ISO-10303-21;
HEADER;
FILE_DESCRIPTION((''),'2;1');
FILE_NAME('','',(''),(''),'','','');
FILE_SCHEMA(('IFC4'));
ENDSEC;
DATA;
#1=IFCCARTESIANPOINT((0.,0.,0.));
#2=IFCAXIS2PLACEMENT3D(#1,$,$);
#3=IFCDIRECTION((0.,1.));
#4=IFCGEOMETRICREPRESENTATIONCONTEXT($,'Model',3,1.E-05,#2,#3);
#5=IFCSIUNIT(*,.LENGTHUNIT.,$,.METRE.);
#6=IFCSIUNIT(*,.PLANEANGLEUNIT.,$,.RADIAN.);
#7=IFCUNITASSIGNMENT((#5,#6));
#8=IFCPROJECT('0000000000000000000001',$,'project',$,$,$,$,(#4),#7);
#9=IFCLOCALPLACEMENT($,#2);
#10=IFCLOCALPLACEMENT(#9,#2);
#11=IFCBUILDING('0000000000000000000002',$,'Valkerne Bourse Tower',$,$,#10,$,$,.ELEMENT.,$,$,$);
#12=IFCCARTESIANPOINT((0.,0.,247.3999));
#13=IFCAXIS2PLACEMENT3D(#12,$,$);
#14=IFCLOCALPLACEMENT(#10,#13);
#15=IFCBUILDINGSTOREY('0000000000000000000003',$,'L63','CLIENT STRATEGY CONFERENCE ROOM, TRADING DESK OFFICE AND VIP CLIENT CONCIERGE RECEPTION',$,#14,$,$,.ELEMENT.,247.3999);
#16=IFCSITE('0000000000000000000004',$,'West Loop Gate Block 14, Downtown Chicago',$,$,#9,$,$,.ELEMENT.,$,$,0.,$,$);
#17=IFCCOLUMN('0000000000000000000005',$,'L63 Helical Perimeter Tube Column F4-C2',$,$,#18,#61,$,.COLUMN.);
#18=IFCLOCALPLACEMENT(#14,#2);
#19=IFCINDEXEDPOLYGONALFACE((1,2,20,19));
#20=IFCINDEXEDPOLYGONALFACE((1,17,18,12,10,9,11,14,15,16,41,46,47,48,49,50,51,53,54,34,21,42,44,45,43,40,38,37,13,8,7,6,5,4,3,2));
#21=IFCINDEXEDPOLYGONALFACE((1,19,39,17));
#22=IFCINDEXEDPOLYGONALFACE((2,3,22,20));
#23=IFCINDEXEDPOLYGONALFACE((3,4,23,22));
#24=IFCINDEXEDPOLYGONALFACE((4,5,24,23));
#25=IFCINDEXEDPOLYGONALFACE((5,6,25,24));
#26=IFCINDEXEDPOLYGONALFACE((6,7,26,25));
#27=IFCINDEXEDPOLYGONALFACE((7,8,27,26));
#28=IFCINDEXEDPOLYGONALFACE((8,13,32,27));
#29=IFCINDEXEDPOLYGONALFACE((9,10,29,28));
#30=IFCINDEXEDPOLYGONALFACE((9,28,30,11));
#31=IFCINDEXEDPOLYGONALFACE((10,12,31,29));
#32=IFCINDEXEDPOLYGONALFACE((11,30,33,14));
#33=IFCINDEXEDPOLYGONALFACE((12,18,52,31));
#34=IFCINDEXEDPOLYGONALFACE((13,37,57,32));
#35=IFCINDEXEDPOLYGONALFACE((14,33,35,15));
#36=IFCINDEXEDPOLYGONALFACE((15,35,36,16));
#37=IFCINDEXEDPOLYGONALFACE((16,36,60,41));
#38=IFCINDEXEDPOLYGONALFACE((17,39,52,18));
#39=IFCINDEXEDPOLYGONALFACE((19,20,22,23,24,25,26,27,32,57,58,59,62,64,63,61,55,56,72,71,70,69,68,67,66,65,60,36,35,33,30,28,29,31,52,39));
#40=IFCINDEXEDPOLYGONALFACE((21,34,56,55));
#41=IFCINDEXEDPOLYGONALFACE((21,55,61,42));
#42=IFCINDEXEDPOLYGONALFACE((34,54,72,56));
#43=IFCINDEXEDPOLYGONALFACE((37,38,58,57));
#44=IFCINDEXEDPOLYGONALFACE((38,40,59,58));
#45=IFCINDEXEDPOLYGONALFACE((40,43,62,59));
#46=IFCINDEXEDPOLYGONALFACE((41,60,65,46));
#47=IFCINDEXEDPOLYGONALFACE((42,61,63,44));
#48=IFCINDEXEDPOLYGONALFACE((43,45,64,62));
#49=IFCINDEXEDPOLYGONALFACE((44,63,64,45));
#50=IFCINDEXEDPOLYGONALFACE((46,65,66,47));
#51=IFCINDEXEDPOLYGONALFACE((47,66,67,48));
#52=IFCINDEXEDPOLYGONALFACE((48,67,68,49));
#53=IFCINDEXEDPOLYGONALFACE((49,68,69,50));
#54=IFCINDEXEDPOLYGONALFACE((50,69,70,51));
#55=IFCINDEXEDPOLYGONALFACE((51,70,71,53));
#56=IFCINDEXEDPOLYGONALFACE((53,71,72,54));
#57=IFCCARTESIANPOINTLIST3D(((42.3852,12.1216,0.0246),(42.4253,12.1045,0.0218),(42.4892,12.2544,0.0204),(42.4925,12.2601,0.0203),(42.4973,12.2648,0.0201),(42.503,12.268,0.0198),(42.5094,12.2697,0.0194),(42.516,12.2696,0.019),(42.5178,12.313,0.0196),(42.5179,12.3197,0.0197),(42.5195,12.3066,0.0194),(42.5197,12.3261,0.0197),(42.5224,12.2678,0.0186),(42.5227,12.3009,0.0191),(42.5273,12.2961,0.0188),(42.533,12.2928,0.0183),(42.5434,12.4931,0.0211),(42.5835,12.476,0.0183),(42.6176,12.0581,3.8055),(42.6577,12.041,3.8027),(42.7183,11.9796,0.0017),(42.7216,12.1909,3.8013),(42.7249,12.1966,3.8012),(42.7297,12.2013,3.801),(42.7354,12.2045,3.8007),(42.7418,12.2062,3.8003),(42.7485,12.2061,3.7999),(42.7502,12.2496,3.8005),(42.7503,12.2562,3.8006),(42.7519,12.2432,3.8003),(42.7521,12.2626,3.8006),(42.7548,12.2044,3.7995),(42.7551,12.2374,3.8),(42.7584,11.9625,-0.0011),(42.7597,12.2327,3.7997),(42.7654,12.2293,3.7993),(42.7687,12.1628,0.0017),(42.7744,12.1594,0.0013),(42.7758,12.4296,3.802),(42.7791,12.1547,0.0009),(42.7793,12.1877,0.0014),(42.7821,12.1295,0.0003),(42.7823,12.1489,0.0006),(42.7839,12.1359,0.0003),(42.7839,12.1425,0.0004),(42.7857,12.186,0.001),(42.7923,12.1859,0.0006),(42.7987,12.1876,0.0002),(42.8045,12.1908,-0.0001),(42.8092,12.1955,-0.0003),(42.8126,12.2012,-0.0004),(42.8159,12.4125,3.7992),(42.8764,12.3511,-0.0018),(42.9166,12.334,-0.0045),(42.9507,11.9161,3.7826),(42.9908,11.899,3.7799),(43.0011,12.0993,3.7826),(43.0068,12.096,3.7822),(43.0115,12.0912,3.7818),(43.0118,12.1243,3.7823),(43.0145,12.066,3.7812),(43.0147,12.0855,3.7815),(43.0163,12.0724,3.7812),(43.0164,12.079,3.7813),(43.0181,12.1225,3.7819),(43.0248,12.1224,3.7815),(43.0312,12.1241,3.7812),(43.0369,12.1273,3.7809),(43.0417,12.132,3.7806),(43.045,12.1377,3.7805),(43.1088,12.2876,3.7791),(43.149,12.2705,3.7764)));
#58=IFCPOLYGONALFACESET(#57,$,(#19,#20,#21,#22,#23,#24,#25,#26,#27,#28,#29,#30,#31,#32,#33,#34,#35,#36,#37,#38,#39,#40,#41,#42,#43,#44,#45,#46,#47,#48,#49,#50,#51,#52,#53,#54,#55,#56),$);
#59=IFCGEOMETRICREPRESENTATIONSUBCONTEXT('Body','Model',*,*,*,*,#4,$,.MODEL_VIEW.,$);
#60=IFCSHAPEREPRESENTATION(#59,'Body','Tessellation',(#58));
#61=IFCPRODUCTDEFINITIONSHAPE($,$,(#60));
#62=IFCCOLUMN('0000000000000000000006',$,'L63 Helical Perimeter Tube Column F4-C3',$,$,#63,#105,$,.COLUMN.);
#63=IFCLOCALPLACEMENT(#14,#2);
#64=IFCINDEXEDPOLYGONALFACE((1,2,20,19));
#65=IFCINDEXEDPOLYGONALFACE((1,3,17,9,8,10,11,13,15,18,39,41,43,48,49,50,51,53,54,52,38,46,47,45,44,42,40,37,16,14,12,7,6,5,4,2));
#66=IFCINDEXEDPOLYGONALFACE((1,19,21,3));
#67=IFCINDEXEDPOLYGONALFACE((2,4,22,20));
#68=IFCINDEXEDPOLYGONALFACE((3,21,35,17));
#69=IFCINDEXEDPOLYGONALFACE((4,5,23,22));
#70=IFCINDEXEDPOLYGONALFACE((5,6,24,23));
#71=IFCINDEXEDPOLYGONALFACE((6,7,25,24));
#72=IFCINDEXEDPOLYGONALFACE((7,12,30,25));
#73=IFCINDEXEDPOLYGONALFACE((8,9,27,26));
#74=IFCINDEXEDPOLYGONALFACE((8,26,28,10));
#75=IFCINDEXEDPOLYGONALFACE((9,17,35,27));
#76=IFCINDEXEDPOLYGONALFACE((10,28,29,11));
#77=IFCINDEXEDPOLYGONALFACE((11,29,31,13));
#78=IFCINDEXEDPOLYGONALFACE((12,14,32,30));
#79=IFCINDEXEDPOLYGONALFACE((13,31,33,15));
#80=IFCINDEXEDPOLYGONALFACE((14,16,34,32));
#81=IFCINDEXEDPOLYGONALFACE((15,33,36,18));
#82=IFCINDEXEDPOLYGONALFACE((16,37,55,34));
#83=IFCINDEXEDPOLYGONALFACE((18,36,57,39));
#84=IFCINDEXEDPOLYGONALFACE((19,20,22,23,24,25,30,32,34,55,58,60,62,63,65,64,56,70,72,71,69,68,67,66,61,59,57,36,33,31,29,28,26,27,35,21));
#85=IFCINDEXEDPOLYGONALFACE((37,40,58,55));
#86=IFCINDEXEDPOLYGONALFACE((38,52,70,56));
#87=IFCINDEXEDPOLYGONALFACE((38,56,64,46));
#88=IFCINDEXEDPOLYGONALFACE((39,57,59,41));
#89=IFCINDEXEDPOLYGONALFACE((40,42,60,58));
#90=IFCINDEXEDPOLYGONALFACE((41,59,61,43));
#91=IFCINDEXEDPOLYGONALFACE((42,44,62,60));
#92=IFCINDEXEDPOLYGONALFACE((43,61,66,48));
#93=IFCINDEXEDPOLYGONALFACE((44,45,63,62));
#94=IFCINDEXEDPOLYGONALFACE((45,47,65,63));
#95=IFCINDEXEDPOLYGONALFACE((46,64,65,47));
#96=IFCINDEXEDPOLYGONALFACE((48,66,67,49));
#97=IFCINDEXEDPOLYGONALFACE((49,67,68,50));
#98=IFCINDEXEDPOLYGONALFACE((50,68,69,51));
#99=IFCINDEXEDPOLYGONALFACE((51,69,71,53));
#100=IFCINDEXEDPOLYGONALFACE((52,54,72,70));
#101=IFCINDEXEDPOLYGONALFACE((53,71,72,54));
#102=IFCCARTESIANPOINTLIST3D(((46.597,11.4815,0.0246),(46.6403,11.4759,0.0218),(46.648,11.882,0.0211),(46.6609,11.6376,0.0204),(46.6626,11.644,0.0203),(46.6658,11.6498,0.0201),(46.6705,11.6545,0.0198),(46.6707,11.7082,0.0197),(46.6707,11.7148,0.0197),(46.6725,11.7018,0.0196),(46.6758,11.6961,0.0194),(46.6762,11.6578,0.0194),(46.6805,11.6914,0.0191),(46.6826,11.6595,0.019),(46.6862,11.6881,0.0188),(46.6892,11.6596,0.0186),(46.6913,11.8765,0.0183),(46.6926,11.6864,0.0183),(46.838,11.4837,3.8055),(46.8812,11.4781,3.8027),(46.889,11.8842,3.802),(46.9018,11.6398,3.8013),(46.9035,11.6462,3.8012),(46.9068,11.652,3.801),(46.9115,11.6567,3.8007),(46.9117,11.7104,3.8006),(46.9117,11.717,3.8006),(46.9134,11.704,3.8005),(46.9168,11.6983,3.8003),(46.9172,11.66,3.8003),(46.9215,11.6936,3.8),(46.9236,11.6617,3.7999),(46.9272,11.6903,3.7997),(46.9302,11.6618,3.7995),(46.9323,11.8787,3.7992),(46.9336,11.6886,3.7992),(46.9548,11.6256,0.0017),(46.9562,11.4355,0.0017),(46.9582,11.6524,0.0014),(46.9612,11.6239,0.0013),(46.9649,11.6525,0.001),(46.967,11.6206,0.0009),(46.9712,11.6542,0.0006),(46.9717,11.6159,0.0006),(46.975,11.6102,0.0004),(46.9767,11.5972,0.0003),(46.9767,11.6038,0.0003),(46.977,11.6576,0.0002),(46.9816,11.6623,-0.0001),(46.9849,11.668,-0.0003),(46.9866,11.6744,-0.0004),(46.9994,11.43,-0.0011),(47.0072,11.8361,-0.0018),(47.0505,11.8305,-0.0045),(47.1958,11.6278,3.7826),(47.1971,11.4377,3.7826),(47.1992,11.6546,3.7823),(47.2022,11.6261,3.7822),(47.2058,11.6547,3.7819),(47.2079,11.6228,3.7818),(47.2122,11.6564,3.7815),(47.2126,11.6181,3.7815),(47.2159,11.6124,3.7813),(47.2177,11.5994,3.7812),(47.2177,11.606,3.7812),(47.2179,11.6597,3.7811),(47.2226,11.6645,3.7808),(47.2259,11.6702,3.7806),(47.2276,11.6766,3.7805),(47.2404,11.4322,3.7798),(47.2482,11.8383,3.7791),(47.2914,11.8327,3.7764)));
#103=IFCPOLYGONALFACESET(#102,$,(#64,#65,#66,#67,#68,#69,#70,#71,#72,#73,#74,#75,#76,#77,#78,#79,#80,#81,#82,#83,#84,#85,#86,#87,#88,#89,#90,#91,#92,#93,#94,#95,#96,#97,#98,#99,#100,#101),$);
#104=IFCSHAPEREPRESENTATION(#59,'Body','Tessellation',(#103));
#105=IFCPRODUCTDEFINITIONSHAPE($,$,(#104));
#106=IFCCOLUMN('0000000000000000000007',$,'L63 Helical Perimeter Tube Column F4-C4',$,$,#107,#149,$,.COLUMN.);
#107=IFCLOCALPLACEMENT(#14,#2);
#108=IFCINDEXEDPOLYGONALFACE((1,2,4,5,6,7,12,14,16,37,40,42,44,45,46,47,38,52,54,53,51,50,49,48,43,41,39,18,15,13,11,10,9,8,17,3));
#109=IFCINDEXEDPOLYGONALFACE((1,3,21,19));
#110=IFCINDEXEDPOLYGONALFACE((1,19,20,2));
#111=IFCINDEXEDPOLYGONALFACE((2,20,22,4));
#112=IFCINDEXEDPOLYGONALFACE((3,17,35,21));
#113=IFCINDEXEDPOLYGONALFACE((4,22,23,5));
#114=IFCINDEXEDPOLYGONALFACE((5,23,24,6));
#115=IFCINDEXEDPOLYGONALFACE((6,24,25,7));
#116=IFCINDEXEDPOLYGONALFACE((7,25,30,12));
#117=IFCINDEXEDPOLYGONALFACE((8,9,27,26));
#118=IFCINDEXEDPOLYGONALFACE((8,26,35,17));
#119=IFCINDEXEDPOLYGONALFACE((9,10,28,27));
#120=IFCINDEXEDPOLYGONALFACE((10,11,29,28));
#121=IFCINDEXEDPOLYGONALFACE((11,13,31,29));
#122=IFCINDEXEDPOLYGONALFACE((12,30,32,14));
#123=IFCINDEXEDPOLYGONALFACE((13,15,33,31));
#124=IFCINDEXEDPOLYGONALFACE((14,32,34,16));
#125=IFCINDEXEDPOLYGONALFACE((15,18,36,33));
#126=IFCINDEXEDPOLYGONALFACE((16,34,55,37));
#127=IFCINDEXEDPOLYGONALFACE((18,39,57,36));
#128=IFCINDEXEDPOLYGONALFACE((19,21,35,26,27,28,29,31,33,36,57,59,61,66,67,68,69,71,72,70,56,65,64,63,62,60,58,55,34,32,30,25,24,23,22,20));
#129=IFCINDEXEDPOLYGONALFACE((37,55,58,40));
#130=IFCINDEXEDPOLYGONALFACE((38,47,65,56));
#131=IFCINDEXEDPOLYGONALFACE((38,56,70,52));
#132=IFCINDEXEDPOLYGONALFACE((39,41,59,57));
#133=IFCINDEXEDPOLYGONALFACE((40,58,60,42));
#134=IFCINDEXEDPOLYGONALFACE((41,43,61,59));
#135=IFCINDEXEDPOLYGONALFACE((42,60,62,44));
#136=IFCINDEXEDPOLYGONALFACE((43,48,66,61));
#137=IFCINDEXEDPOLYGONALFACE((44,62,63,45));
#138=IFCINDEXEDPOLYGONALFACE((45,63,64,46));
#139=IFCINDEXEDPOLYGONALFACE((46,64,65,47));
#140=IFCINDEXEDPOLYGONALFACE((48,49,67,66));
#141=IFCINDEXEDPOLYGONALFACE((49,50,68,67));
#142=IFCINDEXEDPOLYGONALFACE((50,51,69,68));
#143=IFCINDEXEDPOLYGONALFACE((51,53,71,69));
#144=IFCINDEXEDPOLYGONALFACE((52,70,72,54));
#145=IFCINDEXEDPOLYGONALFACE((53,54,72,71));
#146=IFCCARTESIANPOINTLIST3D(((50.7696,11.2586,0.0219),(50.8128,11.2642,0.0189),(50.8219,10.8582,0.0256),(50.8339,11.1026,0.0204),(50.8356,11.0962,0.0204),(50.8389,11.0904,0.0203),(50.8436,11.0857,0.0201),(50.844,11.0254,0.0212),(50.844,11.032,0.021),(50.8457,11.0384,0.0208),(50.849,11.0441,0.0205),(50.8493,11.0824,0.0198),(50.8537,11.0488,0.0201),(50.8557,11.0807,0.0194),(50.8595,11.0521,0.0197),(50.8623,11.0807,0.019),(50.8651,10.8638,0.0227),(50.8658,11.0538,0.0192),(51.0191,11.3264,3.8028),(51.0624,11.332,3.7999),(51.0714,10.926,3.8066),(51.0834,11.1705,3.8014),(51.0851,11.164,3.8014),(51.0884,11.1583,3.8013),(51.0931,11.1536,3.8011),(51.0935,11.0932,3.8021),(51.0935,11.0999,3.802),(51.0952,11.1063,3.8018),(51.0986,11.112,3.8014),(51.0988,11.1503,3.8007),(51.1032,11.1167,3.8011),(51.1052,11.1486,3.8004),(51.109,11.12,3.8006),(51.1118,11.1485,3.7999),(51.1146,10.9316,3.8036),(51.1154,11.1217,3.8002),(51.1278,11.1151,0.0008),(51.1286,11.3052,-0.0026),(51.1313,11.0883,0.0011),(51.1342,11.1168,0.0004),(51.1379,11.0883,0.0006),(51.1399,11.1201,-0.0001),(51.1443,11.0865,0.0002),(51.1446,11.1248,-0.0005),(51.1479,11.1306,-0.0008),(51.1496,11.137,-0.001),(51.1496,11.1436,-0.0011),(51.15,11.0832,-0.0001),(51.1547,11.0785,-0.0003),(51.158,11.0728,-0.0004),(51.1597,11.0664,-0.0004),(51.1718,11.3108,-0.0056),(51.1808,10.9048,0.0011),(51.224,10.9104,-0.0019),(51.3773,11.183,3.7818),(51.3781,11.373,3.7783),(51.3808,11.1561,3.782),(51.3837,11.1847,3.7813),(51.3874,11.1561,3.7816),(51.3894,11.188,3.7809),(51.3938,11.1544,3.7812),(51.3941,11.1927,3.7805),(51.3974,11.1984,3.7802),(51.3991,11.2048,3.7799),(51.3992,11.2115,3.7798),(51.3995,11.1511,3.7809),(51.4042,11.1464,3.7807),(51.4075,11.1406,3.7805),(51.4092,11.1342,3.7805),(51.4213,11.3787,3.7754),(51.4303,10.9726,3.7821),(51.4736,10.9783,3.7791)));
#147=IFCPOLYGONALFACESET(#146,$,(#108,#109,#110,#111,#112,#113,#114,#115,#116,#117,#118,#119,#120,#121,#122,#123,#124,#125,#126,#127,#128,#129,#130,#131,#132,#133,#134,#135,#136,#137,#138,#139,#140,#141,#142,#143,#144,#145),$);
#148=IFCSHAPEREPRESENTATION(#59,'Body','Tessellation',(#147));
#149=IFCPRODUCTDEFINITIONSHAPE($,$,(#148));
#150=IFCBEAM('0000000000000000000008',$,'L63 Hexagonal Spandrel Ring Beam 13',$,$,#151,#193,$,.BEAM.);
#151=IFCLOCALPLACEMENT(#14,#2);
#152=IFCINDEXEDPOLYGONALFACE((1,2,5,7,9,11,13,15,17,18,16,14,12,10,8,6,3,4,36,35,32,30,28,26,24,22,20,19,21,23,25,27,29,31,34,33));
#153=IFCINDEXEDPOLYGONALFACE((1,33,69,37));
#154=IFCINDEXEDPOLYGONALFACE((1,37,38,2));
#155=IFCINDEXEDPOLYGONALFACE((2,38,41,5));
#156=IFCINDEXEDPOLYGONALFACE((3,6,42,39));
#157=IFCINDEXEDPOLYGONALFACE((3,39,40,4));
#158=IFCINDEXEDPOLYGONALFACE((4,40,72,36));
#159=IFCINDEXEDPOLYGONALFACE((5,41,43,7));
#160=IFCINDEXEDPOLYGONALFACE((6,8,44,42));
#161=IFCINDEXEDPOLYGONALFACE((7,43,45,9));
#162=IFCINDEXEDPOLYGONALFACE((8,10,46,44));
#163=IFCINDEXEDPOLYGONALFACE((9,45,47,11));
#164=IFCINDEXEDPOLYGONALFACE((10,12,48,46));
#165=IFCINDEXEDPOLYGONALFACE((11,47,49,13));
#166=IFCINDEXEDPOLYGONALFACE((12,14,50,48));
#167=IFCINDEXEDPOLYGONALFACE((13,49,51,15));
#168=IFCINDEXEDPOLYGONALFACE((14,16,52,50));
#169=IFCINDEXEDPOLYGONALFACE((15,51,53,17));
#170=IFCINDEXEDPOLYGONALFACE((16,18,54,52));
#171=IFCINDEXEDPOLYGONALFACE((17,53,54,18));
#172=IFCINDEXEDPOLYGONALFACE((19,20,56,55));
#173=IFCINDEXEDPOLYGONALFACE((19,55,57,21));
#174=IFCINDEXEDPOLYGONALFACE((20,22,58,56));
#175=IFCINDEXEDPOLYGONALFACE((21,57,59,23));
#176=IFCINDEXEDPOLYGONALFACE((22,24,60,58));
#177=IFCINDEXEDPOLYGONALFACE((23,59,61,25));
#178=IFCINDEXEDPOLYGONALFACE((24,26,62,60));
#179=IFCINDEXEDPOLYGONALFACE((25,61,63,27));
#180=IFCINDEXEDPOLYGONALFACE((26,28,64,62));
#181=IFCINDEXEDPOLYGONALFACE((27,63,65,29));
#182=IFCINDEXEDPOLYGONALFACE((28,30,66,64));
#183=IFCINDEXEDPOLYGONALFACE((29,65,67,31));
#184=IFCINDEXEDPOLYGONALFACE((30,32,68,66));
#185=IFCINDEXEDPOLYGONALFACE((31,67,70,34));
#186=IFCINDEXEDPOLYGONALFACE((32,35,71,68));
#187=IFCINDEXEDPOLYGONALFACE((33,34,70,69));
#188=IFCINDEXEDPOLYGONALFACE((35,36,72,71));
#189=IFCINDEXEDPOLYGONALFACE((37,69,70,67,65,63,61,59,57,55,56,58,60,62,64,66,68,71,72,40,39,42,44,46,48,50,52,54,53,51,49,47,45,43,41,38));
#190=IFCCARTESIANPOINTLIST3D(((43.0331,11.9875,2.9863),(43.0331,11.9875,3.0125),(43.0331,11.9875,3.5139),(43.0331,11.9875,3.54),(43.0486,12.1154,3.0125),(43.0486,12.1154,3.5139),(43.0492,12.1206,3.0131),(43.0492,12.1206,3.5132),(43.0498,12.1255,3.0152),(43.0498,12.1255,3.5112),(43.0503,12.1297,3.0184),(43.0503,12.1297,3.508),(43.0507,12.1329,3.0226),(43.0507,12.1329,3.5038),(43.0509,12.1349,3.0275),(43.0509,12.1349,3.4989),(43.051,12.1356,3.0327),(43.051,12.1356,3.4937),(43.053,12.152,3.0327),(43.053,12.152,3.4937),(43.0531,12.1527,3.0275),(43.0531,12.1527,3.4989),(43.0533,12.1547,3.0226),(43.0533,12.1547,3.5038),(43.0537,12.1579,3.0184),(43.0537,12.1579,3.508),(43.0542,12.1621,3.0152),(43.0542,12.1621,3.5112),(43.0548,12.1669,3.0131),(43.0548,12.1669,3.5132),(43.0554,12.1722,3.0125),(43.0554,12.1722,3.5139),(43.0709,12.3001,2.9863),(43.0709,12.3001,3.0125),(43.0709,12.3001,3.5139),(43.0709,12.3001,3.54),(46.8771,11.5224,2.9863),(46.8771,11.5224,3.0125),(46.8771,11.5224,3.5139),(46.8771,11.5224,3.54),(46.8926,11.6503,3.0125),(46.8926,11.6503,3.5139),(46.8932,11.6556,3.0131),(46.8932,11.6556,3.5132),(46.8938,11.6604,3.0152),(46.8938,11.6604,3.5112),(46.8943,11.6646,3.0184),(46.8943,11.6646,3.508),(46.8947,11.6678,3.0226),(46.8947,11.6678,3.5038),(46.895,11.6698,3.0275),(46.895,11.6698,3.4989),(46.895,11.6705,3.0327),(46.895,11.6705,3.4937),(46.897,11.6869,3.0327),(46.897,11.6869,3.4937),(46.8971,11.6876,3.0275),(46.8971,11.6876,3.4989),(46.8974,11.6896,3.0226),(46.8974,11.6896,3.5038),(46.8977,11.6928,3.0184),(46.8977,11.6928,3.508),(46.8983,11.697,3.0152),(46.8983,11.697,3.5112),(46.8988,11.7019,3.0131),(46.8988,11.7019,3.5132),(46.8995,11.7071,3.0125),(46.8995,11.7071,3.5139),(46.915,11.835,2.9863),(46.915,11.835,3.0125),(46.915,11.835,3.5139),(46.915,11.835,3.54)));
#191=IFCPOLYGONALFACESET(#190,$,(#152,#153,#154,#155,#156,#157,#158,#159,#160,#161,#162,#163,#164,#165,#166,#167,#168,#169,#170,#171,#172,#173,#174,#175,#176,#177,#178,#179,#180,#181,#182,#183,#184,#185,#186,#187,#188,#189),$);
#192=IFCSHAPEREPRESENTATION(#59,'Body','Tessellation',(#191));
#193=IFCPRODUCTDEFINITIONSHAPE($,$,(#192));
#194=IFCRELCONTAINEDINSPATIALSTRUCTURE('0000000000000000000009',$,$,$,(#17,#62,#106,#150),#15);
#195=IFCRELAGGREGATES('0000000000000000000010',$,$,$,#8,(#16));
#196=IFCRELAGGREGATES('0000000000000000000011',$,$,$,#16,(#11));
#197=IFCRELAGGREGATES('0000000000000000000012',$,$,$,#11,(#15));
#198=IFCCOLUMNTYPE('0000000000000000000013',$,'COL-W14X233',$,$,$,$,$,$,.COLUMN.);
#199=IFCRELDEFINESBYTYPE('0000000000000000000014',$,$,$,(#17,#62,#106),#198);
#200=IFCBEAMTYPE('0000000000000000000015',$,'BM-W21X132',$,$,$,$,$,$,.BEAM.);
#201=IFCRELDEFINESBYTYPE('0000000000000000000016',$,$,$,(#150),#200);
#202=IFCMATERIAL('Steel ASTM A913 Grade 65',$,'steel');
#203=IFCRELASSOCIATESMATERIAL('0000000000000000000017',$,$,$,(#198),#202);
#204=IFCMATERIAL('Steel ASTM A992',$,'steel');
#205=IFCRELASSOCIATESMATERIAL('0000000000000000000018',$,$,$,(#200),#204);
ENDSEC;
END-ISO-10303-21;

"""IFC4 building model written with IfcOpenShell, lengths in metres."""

from ifc_helpers import new_model, si_unit, direction, frame, origin, origin_2d, place, context, subcontext, project, spatial, i_section, extrude, material, material_profile, profile_set, type_object, element, save


model = new_model("IFC4")

# Units and contexts
model_context = context("Model", 3, precision=1e-05, world=origin(), true_north=direction((0.0, 1.0)))
body_context = subcontext(model_context, "Body", "Model", "MODEL_VIEW")
ifc_project = project(units=[si_unit("LENGTHUNIT", "METRE"), si_unit("PLANEANGLEUNIT", "RADIAN")], contexts=[model_context])

# Site, building, storey
site_placement = place(None, origin())
site = spatial("IfcSite", under=ifc_project, at=site_placement, Name="West Loop Gate Block 14, Downtown Chicago", CompositionType="ELEMENT", RefElevation=0.0)
building_placement = place(site_placement, origin())
building = spatial("IfcBuilding", under=site, at=building_placement, Name="Valkerne Bourse Tower", CompositionType="ELEMENT")
storey_placement = place(building_placement, frame((0.0, 0.0, 247.3999)))
storey = spatial("IfcBuildingStorey", under=building, at=storey_placement, Name="L63", Description="CLIENT STRATEGY CONFERENCE ROOM, TRADING DESK OFFICE AND VIP CLIENT CONCIERGE RECEPTION", CompositionType="ELEMENT", Elevation=247.3999)

# Columns
ifc_material_1 = material(Name="Steel ASTM A913 Grade 65", Category="steel")
ifc_material_profile_1 = material_profile(ifc_material_1, i_section(OverallWidth=0.4038, OverallDepth=0.4065, WebThickness=0.0271, FlangeThickness=0.0437, FilletRadius=0.0254, at=origin_2d()), Name="W14X233")
ifc_profile_set_1 = profile_set([ifc_material_profile_1], Name="Steel ASTM A913 Grade 65")
column_type = type_object("IfcColumnType", Name="COL-W14X233", PredefinedType="COLUMN", material=ifc_profile_set_1)
for number, where, z_axis, x_axis, name in (
    (1, (42.6509, 12.2278, 0.01), (0.061346, -0.016754, 0.997976), (0.391679, 0.920062, -0.008631), "L63 Helical Perimeter Tube Column F4-C2"),
    (2, (46.8237, 11.656, 0.01), (0.063602, 0.00058, 0.997975), (0.126401, 0.991942, -0.008632), "L63 Helical Perimeter Tube Column F4-C3"),
):
    element("IfcColumn", number, at=place(storey_placement, frame(where, z_axis=z_axis, x_axis=x_axis)), inside=storey, type_object=column_type, Name=name, PredefinedType="COLUMN", context=body_context, shape_type="SweptSolid", body=[
        extrude(i_section(OverallWidth=0.4038, OverallDepth=0.4065, WebThickness=0.0271, FlangeThickness=0.0437, FilletRadius=0.0254, at=origin_2d()), origin(), (0.0, 0.0, 1.0), 3.7886),
    ])
column_placement = place(storey_placement, frame((50.9968, 11.0845, 0.01), z_axis=(0.065837, 0.017909, 0.99767), x_axis=(-0.129398, 0.99155, -0.00926)))
element("IfcColumn", 3, at=column_placement, inside=storey, type_object=column_type, Name="L63 Helical Perimeter Tube Column F4-C4", PredefinedType="COLUMN", context=body_context, shape_type="SweptSolid", body=[
    extrude(i_section(OverallWidth=0.4038, OverallDepth=0.4065, WebThickness=0.0271, FlangeThickness=0.0437, FilletRadius=0.0254, at=origin_2d()), origin(), (0.0, 0.0, 1.0), 3.7898),
])

# Beam
ifc_material_2 = material(Name="Steel ASTM A992", Category="steel")
ifc_material_profile_2 = material_profile(ifc_material_2, i_section(OverallWidth=0.3149, OverallDepth=0.5537, WebThickness=0.0166, FlangeThickness=0.0261, FilletRadius=0.0203, at=origin_2d()), Name="W21X132")
ifc_profile_set_2 = profile_set([ifc_material_profile_2], Name="Steel ASTM A992")
beam_type_1 = type_object("IfcBeamType", Name="BM-W21X132", PredefinedType="BEAM", material=ifc_profile_set_2)
beam_1_placement = place(storey_placement, frame((43.052, 12.1438, 3.2632), z_axis=(0.99276, -0.120115, 0.0), x_axis=(0.120115, 0.99276, 0.0)))
element("IfcBeam", 4, at=beam_1_placement, inside=storey, type_object=beam_type_1, Name="L63 Hexagonal Spandrel Ring Beam 13", PredefinedType="BEAM", context=body_context, shape_type="SweptSolid", body=[
    extrude(i_section(OverallWidth=0.3149, OverallDepth=0.5537, WebThickness=0.0166, FlangeThickness=0.0261, FilletRadius=0.0203, at=origin_2d()), origin(), (0.0, 0.0, 1.0), 3.8721),
])

save(model, "model.ifc")
